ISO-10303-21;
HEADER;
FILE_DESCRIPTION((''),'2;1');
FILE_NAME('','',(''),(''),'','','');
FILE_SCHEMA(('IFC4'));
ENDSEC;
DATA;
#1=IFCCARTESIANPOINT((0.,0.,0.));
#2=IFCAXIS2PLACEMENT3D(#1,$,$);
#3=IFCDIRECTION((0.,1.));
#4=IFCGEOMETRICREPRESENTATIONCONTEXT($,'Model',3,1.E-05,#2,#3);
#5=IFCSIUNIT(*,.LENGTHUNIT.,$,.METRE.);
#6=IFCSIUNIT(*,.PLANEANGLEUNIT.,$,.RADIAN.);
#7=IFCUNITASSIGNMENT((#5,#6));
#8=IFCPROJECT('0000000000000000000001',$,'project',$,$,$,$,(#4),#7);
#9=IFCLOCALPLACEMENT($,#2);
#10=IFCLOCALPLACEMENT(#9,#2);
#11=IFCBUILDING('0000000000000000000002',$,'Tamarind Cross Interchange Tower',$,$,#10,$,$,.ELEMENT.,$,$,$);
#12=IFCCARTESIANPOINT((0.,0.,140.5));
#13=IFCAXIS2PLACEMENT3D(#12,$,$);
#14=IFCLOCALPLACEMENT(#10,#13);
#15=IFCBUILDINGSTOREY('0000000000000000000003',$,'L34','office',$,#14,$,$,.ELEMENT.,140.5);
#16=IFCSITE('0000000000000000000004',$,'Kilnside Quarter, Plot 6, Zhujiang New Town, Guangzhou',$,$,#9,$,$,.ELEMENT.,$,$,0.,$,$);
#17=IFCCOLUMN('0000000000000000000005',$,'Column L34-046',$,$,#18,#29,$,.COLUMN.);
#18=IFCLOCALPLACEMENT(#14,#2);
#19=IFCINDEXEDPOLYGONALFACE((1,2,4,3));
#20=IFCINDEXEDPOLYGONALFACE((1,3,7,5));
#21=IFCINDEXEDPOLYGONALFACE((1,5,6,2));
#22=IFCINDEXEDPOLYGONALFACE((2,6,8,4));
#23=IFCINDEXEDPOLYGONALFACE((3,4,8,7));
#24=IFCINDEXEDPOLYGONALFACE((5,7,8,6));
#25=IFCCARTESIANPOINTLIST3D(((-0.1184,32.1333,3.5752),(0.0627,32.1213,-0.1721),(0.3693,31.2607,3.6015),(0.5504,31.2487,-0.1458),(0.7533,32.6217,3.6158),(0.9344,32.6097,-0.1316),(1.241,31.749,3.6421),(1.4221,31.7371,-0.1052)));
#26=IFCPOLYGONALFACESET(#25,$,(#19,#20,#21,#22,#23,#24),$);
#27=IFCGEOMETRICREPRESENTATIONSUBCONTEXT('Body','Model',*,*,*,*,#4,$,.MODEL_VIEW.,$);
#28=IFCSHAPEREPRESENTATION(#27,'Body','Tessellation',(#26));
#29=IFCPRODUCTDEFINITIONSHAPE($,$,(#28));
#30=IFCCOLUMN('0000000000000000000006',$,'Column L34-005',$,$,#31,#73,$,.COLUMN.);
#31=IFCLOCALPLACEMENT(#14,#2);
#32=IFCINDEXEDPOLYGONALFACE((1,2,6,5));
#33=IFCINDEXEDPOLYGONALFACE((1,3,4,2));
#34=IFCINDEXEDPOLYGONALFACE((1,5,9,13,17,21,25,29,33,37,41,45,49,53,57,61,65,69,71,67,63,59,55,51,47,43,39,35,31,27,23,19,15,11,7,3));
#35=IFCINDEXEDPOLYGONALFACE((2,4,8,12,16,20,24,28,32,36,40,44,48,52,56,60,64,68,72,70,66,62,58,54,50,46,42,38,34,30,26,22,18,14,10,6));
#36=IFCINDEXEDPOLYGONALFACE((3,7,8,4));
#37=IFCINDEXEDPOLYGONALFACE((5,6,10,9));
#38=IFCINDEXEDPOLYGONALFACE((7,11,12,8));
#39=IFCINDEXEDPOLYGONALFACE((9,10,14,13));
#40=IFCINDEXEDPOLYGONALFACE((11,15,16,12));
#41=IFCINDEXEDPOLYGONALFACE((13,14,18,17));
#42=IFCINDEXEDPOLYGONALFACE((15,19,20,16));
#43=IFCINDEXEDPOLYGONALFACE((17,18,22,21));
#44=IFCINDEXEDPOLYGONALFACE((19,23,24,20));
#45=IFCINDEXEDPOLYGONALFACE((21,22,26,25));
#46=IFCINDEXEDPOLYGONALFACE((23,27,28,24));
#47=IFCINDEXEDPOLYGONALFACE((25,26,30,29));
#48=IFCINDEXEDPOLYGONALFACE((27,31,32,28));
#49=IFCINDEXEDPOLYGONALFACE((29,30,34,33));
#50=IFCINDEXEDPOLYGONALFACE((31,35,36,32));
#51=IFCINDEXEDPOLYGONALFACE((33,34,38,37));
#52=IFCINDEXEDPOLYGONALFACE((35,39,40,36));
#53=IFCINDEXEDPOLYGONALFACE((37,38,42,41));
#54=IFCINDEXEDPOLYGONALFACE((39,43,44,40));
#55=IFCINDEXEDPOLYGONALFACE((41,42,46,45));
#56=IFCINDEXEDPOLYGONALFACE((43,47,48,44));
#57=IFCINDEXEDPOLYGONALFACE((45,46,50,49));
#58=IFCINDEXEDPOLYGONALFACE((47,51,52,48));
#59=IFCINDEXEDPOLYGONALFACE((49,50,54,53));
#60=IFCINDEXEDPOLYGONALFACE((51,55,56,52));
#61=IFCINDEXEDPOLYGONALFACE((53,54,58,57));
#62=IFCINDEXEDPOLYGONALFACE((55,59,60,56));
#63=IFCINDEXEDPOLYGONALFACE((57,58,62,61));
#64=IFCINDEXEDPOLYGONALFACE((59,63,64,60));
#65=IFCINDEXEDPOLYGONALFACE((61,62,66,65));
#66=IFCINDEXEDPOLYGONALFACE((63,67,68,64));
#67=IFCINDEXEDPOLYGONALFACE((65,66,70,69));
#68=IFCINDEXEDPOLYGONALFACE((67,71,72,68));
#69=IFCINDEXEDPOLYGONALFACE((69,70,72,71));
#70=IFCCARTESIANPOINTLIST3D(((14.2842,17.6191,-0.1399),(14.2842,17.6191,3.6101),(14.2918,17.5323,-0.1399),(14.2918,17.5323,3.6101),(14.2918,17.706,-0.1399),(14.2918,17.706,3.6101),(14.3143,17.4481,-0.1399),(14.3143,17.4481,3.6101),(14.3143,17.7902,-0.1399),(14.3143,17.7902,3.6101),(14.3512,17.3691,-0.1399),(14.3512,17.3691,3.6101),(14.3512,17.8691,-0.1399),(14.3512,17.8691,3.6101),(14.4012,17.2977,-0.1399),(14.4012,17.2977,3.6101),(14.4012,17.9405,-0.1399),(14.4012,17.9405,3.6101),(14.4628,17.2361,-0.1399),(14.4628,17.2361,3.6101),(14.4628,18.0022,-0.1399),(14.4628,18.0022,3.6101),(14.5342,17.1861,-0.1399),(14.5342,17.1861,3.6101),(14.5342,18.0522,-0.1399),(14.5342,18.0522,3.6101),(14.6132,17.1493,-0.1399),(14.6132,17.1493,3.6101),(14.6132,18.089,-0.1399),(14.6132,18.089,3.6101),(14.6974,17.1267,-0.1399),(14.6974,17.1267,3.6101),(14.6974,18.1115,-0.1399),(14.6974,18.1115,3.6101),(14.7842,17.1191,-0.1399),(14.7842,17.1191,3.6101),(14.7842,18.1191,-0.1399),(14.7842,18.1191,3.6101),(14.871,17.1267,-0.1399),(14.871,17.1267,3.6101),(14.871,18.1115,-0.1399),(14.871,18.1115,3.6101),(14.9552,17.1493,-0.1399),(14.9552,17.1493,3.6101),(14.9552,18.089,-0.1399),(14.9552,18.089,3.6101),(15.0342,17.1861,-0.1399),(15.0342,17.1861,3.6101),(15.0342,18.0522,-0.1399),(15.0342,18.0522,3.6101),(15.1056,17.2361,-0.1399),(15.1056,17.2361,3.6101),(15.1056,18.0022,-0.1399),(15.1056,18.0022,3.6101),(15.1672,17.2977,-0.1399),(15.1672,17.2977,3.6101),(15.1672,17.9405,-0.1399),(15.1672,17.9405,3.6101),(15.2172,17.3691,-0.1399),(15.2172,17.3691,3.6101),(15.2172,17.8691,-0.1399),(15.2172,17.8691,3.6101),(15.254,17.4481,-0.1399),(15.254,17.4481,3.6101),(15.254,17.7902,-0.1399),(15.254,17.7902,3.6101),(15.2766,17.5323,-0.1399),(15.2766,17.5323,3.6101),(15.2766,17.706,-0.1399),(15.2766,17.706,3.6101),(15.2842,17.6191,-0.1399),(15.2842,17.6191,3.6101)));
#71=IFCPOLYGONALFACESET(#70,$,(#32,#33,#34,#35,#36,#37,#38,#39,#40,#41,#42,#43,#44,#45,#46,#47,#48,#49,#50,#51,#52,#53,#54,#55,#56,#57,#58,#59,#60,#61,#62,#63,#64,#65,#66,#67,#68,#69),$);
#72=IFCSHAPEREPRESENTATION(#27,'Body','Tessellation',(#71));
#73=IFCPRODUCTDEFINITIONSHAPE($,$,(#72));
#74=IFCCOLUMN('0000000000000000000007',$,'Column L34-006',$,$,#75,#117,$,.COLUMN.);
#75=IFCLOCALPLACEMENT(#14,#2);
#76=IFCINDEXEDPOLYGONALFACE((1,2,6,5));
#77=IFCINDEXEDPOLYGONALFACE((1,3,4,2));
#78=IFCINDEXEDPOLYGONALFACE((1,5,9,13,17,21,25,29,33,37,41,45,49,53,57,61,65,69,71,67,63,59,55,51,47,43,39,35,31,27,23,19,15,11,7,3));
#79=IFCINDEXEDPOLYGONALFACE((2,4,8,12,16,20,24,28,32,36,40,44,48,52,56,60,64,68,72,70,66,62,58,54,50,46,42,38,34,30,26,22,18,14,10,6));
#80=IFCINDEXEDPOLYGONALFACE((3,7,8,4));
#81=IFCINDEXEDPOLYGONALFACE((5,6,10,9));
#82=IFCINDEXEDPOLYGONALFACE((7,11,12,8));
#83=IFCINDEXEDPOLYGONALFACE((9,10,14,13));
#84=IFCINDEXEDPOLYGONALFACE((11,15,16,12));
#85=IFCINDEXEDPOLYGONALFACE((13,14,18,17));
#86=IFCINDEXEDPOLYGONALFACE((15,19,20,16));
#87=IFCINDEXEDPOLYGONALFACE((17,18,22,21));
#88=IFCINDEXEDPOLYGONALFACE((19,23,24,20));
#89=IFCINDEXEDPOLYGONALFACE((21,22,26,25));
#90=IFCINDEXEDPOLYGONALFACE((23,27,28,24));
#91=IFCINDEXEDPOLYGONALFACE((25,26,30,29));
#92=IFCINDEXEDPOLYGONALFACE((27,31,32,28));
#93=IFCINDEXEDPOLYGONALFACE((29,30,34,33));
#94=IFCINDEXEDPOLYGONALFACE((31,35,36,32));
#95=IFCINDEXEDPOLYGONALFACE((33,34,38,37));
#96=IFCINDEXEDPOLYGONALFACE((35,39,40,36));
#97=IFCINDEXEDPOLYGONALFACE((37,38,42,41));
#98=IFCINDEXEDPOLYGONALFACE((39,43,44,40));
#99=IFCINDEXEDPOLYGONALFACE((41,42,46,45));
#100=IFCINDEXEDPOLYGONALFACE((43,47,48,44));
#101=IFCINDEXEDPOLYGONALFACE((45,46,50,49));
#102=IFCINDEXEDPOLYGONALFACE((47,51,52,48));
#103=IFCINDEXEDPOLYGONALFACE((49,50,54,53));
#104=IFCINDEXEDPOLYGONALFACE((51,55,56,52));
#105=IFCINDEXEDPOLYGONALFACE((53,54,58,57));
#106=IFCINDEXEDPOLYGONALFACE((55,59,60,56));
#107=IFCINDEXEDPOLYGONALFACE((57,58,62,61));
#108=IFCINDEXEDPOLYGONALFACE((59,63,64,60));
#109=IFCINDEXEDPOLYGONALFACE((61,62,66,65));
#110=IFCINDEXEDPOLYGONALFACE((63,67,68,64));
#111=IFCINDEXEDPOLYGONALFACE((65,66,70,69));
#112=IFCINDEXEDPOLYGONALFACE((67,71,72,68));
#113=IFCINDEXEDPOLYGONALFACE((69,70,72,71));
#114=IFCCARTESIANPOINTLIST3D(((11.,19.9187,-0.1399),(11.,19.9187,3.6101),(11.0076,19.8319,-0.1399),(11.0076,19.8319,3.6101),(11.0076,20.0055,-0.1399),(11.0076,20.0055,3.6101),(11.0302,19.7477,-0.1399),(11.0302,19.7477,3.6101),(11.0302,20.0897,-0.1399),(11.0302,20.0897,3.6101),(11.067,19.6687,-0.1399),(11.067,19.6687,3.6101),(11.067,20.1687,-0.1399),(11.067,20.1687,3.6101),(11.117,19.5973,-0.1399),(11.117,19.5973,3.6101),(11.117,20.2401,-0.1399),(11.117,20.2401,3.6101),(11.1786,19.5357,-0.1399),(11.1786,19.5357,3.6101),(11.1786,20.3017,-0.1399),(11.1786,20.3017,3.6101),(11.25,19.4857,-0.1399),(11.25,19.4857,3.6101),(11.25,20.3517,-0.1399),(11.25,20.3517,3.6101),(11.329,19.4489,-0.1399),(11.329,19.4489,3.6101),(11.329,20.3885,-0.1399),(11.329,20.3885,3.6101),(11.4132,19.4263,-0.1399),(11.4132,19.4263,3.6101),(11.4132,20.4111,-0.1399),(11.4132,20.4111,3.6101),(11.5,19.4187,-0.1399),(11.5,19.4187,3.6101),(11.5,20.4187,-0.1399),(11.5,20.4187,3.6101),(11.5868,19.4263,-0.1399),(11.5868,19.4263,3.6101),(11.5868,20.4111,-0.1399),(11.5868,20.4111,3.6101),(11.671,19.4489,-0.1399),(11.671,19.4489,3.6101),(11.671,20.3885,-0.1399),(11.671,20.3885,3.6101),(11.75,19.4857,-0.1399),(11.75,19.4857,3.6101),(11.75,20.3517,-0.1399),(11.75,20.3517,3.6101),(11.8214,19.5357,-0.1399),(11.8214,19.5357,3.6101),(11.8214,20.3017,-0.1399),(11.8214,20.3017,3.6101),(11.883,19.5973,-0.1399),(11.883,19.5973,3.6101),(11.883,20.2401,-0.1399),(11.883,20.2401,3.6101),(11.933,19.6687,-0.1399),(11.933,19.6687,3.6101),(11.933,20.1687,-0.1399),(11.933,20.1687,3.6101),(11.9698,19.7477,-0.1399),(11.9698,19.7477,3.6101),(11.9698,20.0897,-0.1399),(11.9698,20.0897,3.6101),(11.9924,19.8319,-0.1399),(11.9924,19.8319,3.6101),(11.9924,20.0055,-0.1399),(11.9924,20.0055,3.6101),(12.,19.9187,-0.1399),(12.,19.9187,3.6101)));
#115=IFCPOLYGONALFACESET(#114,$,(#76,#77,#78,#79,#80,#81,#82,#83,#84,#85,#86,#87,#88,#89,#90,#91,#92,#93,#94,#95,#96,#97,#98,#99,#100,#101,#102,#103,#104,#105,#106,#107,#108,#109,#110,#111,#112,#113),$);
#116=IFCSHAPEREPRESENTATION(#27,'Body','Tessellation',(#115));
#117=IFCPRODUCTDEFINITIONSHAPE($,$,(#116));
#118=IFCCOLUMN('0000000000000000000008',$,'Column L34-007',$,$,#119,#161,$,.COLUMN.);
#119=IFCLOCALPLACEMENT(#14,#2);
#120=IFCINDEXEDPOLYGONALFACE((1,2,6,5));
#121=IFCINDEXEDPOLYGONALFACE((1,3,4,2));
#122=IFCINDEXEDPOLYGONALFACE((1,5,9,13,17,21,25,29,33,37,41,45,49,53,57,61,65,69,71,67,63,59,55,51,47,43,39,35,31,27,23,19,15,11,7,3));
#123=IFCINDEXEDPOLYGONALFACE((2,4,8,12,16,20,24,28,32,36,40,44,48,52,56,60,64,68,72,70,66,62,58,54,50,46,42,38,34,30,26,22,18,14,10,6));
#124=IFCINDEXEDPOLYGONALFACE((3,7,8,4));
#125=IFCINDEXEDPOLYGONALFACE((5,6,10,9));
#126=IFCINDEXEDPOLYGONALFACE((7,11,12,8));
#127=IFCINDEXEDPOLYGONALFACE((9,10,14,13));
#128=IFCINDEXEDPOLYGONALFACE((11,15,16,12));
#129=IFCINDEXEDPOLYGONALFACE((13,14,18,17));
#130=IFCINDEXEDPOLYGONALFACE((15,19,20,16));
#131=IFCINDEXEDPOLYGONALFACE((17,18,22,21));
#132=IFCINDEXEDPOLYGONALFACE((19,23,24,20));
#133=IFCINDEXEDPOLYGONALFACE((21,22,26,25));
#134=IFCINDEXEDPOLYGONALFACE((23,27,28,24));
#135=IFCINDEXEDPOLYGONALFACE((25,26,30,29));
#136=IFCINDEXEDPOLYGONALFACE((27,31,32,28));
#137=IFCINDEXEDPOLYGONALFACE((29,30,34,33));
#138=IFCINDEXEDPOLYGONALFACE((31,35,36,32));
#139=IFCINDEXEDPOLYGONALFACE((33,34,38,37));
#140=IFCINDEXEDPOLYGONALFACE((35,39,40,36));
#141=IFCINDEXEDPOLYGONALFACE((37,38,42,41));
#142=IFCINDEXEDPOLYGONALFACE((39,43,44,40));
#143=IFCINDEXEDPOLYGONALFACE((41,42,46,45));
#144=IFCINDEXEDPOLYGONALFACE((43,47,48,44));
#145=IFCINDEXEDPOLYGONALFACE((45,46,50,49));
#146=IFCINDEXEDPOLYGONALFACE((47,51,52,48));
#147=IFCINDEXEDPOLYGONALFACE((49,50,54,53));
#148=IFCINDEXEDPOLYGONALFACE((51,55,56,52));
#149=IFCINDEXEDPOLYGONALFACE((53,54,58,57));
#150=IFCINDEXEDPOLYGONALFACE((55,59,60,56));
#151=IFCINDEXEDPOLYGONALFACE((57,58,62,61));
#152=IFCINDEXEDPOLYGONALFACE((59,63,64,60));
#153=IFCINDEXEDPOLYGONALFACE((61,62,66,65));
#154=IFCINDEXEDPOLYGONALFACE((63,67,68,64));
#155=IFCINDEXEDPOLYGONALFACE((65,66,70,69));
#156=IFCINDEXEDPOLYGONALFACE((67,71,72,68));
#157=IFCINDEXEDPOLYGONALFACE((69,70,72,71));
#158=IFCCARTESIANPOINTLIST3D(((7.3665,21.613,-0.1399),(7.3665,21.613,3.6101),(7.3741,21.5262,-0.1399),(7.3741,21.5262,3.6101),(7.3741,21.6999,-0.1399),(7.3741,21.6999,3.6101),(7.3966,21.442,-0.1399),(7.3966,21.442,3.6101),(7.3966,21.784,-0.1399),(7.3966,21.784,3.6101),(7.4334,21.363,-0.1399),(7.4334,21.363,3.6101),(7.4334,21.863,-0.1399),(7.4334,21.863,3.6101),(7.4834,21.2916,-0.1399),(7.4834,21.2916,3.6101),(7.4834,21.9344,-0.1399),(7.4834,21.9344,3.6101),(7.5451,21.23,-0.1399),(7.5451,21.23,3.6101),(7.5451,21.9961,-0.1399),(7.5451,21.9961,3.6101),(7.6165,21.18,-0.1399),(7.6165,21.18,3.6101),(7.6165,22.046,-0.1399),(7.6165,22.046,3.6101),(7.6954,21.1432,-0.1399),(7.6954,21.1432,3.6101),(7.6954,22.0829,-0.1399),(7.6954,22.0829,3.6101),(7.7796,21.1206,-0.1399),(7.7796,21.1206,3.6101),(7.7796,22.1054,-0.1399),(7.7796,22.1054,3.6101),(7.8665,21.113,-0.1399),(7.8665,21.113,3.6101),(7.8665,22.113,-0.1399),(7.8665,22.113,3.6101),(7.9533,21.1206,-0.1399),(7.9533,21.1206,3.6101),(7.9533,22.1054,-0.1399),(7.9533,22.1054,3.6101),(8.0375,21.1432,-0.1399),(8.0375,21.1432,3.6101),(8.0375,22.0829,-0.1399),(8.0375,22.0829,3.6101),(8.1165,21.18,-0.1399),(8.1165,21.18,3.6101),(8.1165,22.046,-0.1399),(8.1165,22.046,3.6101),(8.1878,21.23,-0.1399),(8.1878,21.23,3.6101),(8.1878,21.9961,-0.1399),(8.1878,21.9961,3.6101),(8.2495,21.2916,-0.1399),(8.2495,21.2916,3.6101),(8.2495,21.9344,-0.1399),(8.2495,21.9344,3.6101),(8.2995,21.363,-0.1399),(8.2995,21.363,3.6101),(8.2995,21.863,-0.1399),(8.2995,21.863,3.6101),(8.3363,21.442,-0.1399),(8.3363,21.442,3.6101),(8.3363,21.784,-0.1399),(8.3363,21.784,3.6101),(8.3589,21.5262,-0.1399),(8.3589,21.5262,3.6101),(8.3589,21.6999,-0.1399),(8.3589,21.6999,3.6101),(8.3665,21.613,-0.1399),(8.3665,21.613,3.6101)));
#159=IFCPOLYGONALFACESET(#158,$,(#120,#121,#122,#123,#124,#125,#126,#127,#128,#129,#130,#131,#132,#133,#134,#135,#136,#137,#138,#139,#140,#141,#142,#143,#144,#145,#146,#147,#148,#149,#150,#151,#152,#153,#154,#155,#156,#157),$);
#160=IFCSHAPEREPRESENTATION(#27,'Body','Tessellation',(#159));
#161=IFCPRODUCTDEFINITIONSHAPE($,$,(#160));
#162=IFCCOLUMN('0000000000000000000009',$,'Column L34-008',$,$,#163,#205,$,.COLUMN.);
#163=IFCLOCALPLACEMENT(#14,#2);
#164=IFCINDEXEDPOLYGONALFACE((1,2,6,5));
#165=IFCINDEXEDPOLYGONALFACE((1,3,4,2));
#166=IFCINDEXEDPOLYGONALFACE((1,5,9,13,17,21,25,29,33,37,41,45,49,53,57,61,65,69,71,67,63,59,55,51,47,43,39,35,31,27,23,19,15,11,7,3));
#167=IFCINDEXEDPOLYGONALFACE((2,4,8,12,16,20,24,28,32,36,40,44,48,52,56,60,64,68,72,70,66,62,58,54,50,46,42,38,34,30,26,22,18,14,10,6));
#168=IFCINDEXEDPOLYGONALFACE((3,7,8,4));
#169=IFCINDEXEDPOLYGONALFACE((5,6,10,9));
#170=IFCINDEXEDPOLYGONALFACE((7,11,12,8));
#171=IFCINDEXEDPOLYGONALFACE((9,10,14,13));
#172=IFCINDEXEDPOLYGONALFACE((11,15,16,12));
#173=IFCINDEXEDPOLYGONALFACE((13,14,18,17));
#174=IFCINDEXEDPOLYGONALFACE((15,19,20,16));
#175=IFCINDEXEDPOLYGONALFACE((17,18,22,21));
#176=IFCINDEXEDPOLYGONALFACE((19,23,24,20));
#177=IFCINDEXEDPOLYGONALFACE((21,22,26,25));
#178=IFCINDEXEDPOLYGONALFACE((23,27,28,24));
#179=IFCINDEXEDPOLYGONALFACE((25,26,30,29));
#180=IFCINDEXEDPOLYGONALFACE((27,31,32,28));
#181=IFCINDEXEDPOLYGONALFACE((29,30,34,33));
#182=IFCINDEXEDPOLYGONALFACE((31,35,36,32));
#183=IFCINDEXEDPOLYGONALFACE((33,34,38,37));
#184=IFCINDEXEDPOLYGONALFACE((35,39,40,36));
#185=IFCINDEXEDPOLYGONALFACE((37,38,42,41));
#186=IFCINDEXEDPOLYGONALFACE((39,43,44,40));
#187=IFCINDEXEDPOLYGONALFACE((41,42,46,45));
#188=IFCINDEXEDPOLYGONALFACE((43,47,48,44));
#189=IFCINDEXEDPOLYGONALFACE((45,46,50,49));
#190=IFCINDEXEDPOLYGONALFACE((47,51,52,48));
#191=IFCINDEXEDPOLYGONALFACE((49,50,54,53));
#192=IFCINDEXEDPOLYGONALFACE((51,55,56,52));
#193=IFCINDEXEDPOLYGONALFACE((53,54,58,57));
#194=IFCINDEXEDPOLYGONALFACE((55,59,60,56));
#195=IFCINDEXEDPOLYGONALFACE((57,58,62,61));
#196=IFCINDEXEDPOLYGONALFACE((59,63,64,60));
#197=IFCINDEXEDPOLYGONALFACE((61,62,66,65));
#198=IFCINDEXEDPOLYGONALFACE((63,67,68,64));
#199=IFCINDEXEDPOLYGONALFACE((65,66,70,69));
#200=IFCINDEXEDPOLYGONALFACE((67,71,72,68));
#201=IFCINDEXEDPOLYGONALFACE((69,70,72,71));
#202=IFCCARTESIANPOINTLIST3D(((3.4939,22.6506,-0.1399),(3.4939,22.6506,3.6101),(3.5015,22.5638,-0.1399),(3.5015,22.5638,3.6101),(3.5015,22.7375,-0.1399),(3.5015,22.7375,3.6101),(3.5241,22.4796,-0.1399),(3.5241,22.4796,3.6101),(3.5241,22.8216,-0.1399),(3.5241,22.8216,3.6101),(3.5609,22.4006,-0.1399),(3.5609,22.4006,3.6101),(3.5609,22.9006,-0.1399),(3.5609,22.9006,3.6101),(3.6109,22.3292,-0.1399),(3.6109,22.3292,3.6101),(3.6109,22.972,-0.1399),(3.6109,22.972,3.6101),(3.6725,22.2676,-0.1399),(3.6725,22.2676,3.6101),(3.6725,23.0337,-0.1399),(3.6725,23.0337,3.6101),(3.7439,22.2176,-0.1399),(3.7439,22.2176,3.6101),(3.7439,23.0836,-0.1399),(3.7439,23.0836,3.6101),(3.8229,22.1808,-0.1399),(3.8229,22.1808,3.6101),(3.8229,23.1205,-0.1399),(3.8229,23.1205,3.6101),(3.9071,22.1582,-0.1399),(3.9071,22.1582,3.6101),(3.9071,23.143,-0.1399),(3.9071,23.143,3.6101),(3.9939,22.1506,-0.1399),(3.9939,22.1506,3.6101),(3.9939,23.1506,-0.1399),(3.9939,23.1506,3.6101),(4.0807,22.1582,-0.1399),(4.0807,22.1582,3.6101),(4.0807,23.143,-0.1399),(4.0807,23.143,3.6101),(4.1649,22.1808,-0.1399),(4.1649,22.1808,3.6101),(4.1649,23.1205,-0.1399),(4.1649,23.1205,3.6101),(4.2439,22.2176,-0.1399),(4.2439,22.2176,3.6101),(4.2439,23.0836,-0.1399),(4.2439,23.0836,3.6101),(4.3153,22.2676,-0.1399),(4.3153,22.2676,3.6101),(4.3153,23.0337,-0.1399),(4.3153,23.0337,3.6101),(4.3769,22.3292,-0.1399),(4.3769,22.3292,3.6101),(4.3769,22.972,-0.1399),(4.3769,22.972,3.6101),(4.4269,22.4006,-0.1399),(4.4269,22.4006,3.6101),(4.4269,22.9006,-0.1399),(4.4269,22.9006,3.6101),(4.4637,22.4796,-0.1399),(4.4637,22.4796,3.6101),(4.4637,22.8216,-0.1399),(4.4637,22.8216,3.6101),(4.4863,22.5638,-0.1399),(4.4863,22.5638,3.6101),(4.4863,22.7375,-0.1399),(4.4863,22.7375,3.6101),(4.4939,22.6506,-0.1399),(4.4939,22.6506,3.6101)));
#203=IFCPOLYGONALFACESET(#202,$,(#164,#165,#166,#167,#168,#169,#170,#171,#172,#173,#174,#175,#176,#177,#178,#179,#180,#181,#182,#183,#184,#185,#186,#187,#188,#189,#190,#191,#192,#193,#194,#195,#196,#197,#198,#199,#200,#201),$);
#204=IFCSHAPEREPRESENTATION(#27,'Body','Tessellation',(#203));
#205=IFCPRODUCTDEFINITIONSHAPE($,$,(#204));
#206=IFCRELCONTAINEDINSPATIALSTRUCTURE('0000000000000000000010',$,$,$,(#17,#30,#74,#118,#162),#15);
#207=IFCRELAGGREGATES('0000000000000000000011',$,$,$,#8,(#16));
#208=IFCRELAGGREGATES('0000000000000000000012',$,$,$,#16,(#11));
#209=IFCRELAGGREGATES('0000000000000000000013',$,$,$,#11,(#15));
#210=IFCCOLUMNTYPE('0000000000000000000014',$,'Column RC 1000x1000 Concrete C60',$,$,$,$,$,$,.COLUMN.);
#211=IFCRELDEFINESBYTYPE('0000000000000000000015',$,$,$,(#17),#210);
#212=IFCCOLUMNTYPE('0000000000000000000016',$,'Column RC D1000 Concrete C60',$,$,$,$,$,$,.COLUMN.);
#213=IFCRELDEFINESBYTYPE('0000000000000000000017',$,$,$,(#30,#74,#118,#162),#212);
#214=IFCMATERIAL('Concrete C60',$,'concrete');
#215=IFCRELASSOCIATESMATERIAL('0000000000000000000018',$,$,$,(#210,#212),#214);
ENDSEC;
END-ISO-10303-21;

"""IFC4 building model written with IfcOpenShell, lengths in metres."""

from ifc_helpers import new_model, si_unit, direction, frame, origin, origin_2d, place, context, subcontext, project, spatial, rectangle, circle, extrude, material, material_profile, profile_set, type_object, element, save


model = new_model("IFC4")

# Units and contexts
model_context = context("Model", 3, precision=1e-05, world=origin(), true_north=direction((0.0, 1.0)))
body_context = subcontext(model_context, "Body", "Model", "MODEL_VIEW")
ifc_project = project(units=[si_unit("LENGTHUNIT", "METRE"), si_unit("PLANEANGLEUNIT", "RADIAN")], contexts=[model_context])

# Site, building, storey
site_placement = place(None, origin())
site = spatial("IfcSite", under=ifc_project, at=site_placement, Name="Kilnside Quarter, Plot 6, Zhujiang New Town, Guangzhou", CompositionType="ELEMENT", RefElevation=0.0)
building_placement = place(site_placement, origin())
building = spatial("IfcBuilding", under=site, at=building_placement, Name="Tamarind Cross Interchange Tower", CompositionType="ELEMENT")
storey_placement = place(building_placement, frame((0.0, 0.0, 140.5)))
storey = spatial("IfcBuildingStorey", under=building, at=storey_placement, Name="L34", Description="office", CompositionType="ELEMENT", Elevation=140.5)

# Columns
ifc_material_1 = material(Name="Concrete C60", Category="concrete")
ifc_material_profile_1 = material_profile(ifc_material_1, rectangle(XDim=1.0, YDim=1.0, at=origin_2d()), Name="RC 1000x1000")
ifc_profile_set_1 = profile_set([ifc_material_profile_1], Name="Concrete C60")
column_type_1 = type_object("IfcColumnType", Name="Column RC 1000x1000 Concrete C60", PredefinedType="COLUMN", material=ifc_profile_set_1)
column_placement = place(storey_placement, frame((0.7424, 31.9292, -0.1387), z_axis=(-0.048285, 0.003189, 0.998828), x_axis=(0.487678, -0.872626, 0.026361)))
element("IfcColumn", 1, at=column_placement, inside=storey, type_object=column_type_1, Name="Column L34-046", PredefinedType="COLUMN", context=body_context, shape_type="SweptSolid", body=[
    extrude(rectangle(XDim=1.0, YDim=1.0, at=origin_2d()), origin(), (0.0, 0.0, 1.0), 3.7517),
])
ifc_material_profile_2 = material_profile(ifc_material_1, circle(Radius=0.5, at=origin_2d()), Name="RC D1000")
ifc_profile_set_2 = profile_set([ifc_material_profile_2], Name="Concrete C60")
column_type_2 = type_object("IfcColumnType", Name="Column RC D1000 Concrete C60", PredefinedType="COLUMN", material=ifc_profile_set_2)
for number, where, z_axis, x_axis, name in (
    (2, (14.7842, 17.6191, -0.1399), (0.0, 0.0, 1.0), (1.0, 0.0, 0.0), "Column L34-005"),
    (3, (11.5, 19.9187, -0.1399), (0.0, 0.0, 1.0), (1.0, 0.0, 0.0), "Column L34-006"),
    (4, (7.8665, 21.613, -0.1399), (0.0, 0.0, 1.0), (1.0, 0.0, 0.0), "Column L34-007"),
    (5, (3.9939, 22.6506, -0.1399), (0.0, 0.0, 1.0), (1.0, 0.0, 0.0), "Column L34-008"),
):
    element("IfcColumn", number, at=place(storey_placement, frame(where, z_axis=z_axis, x_axis=x_axis)), inside=storey, type_object=column_type_2, Name=name, PredefinedType="COLUMN", context=body_context, shape_type="SweptSolid", body=[
        extrude(circle(Radius=0.5, at=origin_2d()), origin(), (0.0, 0.0, 1.0), 3.75),
    ])

save(model, "model.ifc")
